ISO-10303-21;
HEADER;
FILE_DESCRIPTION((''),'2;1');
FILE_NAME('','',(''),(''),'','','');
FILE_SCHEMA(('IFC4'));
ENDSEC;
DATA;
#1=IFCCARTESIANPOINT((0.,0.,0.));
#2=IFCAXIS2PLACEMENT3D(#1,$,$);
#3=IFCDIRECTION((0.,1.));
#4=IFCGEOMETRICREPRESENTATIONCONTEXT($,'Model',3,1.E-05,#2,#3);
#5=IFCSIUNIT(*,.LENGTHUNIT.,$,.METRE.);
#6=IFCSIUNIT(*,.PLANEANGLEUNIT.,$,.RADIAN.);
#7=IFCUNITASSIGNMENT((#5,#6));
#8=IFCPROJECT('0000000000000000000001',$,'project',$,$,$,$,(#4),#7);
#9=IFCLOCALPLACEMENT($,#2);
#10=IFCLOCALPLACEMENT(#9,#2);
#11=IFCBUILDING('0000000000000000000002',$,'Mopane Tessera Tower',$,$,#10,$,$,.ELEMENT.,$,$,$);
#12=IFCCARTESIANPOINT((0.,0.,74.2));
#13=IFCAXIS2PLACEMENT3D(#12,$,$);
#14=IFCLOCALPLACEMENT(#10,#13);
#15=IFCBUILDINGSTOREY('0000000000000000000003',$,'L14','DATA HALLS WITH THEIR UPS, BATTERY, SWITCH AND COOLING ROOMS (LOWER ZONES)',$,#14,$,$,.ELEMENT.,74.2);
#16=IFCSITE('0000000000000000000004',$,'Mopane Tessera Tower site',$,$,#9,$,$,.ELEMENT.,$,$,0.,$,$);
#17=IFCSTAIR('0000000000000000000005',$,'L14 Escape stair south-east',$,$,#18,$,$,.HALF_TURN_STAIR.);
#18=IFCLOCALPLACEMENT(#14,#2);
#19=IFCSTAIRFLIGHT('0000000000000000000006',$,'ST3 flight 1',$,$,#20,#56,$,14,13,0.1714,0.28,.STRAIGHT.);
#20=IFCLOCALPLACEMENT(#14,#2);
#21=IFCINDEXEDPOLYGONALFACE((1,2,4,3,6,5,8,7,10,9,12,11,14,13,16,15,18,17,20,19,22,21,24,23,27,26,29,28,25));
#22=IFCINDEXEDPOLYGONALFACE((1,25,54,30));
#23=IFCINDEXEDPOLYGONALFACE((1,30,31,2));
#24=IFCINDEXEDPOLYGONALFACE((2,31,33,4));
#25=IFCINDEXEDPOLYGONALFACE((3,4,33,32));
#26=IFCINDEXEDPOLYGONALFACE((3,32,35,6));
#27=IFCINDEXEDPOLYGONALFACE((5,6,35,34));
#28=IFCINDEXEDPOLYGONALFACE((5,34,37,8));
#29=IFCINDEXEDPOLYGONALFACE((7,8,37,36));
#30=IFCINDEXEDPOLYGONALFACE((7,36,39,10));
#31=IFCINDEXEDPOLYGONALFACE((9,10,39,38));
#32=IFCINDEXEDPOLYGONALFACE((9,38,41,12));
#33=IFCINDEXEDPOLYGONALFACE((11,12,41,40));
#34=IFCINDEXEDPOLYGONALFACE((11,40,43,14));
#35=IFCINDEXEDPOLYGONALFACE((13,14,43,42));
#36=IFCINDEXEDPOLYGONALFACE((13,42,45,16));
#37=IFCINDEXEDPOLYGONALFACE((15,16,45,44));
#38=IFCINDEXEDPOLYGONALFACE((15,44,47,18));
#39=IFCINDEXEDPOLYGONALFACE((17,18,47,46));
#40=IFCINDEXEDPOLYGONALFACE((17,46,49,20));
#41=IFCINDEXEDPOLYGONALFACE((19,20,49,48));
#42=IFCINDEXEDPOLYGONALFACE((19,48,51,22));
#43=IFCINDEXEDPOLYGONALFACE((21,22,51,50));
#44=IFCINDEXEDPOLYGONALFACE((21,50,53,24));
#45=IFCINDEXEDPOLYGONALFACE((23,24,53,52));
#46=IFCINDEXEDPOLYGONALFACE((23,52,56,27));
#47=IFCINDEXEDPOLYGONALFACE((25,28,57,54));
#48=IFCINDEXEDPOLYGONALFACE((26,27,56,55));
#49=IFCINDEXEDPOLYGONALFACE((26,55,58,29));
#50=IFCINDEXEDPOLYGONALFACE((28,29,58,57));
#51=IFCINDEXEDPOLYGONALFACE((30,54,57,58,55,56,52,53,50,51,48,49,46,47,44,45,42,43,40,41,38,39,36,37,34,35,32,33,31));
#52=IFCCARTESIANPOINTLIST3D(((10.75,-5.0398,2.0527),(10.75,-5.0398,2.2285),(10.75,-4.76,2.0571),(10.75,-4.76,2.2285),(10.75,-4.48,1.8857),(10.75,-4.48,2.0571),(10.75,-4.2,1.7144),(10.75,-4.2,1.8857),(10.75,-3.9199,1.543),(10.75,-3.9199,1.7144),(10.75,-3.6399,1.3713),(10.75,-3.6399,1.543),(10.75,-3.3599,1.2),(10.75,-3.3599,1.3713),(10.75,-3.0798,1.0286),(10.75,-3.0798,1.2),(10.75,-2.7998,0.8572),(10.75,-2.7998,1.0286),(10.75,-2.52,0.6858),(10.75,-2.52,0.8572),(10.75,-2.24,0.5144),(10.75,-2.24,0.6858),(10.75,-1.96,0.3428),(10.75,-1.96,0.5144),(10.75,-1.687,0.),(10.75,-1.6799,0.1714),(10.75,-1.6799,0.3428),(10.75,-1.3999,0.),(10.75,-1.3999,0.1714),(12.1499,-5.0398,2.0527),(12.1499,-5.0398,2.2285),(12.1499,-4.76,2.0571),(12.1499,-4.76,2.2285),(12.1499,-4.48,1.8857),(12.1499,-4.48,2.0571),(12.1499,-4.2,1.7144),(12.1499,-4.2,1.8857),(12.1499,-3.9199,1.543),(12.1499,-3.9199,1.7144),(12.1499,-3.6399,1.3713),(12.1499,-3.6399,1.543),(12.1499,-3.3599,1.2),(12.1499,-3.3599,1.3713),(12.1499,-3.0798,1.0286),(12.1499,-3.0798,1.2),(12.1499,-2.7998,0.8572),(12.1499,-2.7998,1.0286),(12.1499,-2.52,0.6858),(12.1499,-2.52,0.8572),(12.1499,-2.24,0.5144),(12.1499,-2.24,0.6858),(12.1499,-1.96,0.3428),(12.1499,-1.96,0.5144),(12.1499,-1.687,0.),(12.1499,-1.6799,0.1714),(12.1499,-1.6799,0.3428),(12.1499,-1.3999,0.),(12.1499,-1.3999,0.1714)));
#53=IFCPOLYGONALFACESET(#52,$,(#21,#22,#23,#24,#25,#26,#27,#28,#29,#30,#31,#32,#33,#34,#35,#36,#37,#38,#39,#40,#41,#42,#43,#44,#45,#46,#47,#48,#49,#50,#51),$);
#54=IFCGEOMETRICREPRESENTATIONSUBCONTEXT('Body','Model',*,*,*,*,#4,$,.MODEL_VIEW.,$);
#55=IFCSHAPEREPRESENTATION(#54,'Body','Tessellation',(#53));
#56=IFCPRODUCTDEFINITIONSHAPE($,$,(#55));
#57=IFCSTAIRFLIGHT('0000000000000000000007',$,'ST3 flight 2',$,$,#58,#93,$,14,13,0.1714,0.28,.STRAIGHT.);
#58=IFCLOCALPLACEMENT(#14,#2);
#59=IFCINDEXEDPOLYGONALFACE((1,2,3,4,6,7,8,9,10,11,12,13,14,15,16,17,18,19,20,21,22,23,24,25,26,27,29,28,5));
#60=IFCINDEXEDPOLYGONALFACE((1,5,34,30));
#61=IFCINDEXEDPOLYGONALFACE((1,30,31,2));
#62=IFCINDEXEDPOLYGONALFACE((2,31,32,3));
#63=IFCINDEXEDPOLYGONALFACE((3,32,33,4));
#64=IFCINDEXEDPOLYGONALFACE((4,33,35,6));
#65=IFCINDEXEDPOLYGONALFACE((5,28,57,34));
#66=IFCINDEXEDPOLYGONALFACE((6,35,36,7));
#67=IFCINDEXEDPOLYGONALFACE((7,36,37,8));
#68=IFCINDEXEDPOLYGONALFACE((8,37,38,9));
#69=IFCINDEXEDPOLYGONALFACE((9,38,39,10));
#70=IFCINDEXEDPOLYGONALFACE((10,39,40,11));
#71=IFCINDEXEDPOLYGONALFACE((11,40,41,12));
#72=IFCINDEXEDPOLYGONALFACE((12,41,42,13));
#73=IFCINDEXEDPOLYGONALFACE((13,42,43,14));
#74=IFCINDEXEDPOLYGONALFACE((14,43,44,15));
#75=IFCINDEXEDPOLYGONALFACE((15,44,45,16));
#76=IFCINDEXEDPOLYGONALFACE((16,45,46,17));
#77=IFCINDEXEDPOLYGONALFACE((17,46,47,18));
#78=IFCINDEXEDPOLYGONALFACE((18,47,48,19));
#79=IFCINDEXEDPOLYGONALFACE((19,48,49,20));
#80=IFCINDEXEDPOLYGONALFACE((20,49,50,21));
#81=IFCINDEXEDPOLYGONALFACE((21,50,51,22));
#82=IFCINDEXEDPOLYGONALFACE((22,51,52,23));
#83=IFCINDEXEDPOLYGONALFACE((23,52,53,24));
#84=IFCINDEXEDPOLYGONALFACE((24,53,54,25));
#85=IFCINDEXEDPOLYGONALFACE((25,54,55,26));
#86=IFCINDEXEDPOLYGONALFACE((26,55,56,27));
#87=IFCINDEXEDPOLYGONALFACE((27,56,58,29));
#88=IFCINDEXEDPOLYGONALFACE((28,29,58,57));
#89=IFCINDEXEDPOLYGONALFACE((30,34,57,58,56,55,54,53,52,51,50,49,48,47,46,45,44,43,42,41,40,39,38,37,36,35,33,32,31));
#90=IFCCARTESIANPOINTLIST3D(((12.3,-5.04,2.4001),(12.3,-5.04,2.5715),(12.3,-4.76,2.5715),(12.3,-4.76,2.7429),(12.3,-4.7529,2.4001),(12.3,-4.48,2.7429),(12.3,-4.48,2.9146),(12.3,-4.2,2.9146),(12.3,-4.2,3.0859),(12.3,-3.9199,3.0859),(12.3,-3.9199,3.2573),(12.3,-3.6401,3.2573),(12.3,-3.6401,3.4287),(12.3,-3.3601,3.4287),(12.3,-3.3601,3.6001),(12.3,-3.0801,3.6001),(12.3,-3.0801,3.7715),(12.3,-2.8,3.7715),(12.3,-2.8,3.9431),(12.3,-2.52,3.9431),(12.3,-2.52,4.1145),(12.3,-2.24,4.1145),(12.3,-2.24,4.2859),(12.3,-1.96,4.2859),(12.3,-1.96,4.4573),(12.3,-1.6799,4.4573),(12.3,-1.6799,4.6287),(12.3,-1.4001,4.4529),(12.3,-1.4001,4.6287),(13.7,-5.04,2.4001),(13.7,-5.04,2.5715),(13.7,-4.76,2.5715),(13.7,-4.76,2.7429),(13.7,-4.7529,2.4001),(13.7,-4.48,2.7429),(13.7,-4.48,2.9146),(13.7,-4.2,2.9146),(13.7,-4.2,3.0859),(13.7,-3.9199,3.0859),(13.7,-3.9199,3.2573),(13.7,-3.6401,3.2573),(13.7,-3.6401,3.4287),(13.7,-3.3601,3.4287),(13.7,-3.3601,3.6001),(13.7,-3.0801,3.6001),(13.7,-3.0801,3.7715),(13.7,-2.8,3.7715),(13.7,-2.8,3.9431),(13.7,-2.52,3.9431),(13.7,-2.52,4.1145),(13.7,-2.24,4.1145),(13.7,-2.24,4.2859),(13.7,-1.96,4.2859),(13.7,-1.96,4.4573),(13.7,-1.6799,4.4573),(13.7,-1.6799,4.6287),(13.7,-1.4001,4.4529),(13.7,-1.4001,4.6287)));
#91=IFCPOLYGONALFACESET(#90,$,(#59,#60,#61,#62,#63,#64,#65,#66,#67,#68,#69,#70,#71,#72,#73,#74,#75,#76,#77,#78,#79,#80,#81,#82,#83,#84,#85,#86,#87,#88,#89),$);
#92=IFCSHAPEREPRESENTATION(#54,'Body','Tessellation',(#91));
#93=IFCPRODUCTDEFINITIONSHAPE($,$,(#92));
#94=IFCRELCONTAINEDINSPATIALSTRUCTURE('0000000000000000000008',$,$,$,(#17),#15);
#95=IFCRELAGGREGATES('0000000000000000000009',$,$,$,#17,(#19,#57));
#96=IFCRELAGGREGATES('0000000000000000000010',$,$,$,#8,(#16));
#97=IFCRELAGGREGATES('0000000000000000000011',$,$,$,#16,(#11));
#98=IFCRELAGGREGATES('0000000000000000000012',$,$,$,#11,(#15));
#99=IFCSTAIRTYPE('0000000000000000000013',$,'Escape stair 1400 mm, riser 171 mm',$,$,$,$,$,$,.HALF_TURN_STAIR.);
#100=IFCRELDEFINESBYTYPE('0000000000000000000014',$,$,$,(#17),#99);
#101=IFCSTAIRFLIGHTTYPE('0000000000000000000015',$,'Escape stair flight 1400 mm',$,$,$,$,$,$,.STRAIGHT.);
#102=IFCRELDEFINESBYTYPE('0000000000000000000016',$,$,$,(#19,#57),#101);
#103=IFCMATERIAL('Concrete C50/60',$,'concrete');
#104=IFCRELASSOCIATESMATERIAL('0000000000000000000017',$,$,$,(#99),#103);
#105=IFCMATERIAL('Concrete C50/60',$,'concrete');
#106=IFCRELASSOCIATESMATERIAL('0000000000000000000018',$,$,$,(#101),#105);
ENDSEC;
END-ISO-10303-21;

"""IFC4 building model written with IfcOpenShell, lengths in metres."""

from ifc_helpers import new_model, si_unit, direction, frame, origin, place, context, subcontext, project, spatial, polyline, outline, extrude, material, type_object, element, aggregate, save


model = new_model("IFC4")

# Units and contexts
model_context = context("Model", 3, precision=1e-05, world=origin(), true_north=direction((0.0, 1.0)))
body_context = subcontext(model_context, "Body", "Model", "MODEL_VIEW")
ifc_project = project(units=[si_unit("LENGTHUNIT", "METRE"), si_unit("PLANEANGLEUNIT", "RADIAN")], contexts=[model_context])

# Site, building, storey
site_placement = place(None, origin())
site = spatial("IfcSite", under=ifc_project, at=site_placement, Name="Mopane Tessera Tower site", CompositionType="ELEMENT", RefElevation=0.0)
building_placement = place(site_placement, origin())
building = spatial("IfcBuilding", under=site, at=building_placement, Name="Mopane Tessera Tower", CompositionType="ELEMENT")
storey_placement = place(building_placement, frame((0.0, 0.0, 74.2)))
storey = spatial("IfcBuildingStorey", under=building, at=storey_placement, Name="L14", Description="DATA HALLS WITH THEIR UPS, BATTERY, SWITCH AND COOLING ROOMS (LOWER ZONES)", CompositionType="ELEMENT", Elevation=74.2)

# Stair, stair flights
ifc_material_1 = material(Name="Concrete C50/60", Category="concrete")
stair_type = type_object("IfcStairType", Name="Escape stair 1400 mm, riser 171 mm", PredefinedType="HALF_TURN_STAIR", material=ifc_material_1)
stair_placement = place(storey_placement, origin())
stair = element("IfcStair", 1, at=stair_placement, inside=storey, type_object=stair_type, Name="L14 Escape stair south-east", PredefinedType="HALF_TURN_STAIR")
ifc_material_2 = material(Name="Concrete C50/60", Category="concrete")
stair_flight_type = type_object("IfcStairFlightType", Name="Escape stair flight 1400 mm", PredefinedType="STRAIGHT", material=ifc_material_2)
stair_flight_1_placement = place(storey_placement, frame((11.45, -1.3999, 0.0), z_axis=(0.0, 0.0, 1.0), x_axis=(0.0, -1.0, 0.0)))
stair_flight_1 = element("IfcStairFlight", 2, at=stair_flight_1_placement, type_object=stair_flight_type, Name="ST3 flight 1", NumberOfRisers=14, NumberOfTreads=13, PredefinedType="STRAIGHT", RiserHeight=0.1714, TreadLength=0.28, context=body_context, shape_type="SweptSolid", body=[
    extrude(outline(polyline([(0.0, 0.0), (0.0, 0.1714), (0.28, 0.1714), (0.28, 0.3428), (0.5601, 0.3428), (0.5601, 0.5144), (0.8401, 0.5144), (0.8401, 0.6858), (1.1201, 0.6858), (1.1201, 0.8572), (1.3999, 0.8572), (1.3999, 1.0286), (1.6799, 1.0286), (1.6799, 1.2), (1.96, 1.2), (1.96, 1.3713), (2.24, 1.3713), (2.24, 1.543), (2.52, 1.543), (2.52, 1.7144), (2.8, 1.7144), (2.8, 1.8857), (3.0801, 1.8857), (3.0801, 2.0571), (3.3601, 2.0571), (3.3601, 2.2285), (3.6399, 2.2285), (3.6399, 2.3999), (3.6399, 2.0527), (0.2871, 0.0), (0.0, 0.0)])), frame((0.0, 0.7, 0.0), z_axis=(0.0, -1.0, 0.0), x_axis=(1.0, 0.0, 0.0)), (0.0, 0.0, 1.0), 1.3999),
])
stair_flight_2_placement = place(storey_placement, frame((13.0, -5.04, 2.4001), z_axis=(0.0, 0.0, 1.0), x_axis=(0.0, 1.0, 0.0)))
stair_flight_2 = element("IfcStairFlight", 3, at=stair_flight_2_placement, type_object=stair_flight_type, Name="ST3 flight 2", NumberOfRisers=14, NumberOfTreads=13, PredefinedType="STRAIGHT", RiserHeight=0.1714, TreadLength=0.28, context=body_context, shape_type="SweptSolid", body=[
    extrude(outline(polyline([(0.0, 0.0), (0.0, 0.1714), (0.28, 0.1714), (0.28, 0.3428), (0.5601, 0.3428), (0.5601, 0.5144), (0.8401, 0.5144), (0.8401, 0.6858), (1.1201, 0.6858), (1.1201, 0.8572), (1.3999, 0.8572), (1.3999, 1.0286), (1.6799, 1.0286), (1.6799, 1.2), (1.96, 1.2), (1.96, 1.3713), (2.24, 1.3713), (2.24, 1.543), (2.52, 1.543), (2.52, 1.7144), (2.8, 1.7144), (2.8, 1.8857), (3.0801, 1.8857), (3.0801, 2.0571), (3.3601, 2.0571), (3.3601, 2.2285), (3.6399, 2.2285), (3.6399, 2.3999), (3.6399, 2.0527), (0.2871, 0.0), (0.0, 0.0)])), frame((0.0, 0.7, 0.0), z_axis=(0.0, -1.0, 0.0), x_axis=(1.0, 0.0, 0.0)), (0.0, 0.0, 1.0), 1.3999),
])
aggregate(stair, [stair_flight_1, stair_flight_2])

save(model, "model.ifc")
